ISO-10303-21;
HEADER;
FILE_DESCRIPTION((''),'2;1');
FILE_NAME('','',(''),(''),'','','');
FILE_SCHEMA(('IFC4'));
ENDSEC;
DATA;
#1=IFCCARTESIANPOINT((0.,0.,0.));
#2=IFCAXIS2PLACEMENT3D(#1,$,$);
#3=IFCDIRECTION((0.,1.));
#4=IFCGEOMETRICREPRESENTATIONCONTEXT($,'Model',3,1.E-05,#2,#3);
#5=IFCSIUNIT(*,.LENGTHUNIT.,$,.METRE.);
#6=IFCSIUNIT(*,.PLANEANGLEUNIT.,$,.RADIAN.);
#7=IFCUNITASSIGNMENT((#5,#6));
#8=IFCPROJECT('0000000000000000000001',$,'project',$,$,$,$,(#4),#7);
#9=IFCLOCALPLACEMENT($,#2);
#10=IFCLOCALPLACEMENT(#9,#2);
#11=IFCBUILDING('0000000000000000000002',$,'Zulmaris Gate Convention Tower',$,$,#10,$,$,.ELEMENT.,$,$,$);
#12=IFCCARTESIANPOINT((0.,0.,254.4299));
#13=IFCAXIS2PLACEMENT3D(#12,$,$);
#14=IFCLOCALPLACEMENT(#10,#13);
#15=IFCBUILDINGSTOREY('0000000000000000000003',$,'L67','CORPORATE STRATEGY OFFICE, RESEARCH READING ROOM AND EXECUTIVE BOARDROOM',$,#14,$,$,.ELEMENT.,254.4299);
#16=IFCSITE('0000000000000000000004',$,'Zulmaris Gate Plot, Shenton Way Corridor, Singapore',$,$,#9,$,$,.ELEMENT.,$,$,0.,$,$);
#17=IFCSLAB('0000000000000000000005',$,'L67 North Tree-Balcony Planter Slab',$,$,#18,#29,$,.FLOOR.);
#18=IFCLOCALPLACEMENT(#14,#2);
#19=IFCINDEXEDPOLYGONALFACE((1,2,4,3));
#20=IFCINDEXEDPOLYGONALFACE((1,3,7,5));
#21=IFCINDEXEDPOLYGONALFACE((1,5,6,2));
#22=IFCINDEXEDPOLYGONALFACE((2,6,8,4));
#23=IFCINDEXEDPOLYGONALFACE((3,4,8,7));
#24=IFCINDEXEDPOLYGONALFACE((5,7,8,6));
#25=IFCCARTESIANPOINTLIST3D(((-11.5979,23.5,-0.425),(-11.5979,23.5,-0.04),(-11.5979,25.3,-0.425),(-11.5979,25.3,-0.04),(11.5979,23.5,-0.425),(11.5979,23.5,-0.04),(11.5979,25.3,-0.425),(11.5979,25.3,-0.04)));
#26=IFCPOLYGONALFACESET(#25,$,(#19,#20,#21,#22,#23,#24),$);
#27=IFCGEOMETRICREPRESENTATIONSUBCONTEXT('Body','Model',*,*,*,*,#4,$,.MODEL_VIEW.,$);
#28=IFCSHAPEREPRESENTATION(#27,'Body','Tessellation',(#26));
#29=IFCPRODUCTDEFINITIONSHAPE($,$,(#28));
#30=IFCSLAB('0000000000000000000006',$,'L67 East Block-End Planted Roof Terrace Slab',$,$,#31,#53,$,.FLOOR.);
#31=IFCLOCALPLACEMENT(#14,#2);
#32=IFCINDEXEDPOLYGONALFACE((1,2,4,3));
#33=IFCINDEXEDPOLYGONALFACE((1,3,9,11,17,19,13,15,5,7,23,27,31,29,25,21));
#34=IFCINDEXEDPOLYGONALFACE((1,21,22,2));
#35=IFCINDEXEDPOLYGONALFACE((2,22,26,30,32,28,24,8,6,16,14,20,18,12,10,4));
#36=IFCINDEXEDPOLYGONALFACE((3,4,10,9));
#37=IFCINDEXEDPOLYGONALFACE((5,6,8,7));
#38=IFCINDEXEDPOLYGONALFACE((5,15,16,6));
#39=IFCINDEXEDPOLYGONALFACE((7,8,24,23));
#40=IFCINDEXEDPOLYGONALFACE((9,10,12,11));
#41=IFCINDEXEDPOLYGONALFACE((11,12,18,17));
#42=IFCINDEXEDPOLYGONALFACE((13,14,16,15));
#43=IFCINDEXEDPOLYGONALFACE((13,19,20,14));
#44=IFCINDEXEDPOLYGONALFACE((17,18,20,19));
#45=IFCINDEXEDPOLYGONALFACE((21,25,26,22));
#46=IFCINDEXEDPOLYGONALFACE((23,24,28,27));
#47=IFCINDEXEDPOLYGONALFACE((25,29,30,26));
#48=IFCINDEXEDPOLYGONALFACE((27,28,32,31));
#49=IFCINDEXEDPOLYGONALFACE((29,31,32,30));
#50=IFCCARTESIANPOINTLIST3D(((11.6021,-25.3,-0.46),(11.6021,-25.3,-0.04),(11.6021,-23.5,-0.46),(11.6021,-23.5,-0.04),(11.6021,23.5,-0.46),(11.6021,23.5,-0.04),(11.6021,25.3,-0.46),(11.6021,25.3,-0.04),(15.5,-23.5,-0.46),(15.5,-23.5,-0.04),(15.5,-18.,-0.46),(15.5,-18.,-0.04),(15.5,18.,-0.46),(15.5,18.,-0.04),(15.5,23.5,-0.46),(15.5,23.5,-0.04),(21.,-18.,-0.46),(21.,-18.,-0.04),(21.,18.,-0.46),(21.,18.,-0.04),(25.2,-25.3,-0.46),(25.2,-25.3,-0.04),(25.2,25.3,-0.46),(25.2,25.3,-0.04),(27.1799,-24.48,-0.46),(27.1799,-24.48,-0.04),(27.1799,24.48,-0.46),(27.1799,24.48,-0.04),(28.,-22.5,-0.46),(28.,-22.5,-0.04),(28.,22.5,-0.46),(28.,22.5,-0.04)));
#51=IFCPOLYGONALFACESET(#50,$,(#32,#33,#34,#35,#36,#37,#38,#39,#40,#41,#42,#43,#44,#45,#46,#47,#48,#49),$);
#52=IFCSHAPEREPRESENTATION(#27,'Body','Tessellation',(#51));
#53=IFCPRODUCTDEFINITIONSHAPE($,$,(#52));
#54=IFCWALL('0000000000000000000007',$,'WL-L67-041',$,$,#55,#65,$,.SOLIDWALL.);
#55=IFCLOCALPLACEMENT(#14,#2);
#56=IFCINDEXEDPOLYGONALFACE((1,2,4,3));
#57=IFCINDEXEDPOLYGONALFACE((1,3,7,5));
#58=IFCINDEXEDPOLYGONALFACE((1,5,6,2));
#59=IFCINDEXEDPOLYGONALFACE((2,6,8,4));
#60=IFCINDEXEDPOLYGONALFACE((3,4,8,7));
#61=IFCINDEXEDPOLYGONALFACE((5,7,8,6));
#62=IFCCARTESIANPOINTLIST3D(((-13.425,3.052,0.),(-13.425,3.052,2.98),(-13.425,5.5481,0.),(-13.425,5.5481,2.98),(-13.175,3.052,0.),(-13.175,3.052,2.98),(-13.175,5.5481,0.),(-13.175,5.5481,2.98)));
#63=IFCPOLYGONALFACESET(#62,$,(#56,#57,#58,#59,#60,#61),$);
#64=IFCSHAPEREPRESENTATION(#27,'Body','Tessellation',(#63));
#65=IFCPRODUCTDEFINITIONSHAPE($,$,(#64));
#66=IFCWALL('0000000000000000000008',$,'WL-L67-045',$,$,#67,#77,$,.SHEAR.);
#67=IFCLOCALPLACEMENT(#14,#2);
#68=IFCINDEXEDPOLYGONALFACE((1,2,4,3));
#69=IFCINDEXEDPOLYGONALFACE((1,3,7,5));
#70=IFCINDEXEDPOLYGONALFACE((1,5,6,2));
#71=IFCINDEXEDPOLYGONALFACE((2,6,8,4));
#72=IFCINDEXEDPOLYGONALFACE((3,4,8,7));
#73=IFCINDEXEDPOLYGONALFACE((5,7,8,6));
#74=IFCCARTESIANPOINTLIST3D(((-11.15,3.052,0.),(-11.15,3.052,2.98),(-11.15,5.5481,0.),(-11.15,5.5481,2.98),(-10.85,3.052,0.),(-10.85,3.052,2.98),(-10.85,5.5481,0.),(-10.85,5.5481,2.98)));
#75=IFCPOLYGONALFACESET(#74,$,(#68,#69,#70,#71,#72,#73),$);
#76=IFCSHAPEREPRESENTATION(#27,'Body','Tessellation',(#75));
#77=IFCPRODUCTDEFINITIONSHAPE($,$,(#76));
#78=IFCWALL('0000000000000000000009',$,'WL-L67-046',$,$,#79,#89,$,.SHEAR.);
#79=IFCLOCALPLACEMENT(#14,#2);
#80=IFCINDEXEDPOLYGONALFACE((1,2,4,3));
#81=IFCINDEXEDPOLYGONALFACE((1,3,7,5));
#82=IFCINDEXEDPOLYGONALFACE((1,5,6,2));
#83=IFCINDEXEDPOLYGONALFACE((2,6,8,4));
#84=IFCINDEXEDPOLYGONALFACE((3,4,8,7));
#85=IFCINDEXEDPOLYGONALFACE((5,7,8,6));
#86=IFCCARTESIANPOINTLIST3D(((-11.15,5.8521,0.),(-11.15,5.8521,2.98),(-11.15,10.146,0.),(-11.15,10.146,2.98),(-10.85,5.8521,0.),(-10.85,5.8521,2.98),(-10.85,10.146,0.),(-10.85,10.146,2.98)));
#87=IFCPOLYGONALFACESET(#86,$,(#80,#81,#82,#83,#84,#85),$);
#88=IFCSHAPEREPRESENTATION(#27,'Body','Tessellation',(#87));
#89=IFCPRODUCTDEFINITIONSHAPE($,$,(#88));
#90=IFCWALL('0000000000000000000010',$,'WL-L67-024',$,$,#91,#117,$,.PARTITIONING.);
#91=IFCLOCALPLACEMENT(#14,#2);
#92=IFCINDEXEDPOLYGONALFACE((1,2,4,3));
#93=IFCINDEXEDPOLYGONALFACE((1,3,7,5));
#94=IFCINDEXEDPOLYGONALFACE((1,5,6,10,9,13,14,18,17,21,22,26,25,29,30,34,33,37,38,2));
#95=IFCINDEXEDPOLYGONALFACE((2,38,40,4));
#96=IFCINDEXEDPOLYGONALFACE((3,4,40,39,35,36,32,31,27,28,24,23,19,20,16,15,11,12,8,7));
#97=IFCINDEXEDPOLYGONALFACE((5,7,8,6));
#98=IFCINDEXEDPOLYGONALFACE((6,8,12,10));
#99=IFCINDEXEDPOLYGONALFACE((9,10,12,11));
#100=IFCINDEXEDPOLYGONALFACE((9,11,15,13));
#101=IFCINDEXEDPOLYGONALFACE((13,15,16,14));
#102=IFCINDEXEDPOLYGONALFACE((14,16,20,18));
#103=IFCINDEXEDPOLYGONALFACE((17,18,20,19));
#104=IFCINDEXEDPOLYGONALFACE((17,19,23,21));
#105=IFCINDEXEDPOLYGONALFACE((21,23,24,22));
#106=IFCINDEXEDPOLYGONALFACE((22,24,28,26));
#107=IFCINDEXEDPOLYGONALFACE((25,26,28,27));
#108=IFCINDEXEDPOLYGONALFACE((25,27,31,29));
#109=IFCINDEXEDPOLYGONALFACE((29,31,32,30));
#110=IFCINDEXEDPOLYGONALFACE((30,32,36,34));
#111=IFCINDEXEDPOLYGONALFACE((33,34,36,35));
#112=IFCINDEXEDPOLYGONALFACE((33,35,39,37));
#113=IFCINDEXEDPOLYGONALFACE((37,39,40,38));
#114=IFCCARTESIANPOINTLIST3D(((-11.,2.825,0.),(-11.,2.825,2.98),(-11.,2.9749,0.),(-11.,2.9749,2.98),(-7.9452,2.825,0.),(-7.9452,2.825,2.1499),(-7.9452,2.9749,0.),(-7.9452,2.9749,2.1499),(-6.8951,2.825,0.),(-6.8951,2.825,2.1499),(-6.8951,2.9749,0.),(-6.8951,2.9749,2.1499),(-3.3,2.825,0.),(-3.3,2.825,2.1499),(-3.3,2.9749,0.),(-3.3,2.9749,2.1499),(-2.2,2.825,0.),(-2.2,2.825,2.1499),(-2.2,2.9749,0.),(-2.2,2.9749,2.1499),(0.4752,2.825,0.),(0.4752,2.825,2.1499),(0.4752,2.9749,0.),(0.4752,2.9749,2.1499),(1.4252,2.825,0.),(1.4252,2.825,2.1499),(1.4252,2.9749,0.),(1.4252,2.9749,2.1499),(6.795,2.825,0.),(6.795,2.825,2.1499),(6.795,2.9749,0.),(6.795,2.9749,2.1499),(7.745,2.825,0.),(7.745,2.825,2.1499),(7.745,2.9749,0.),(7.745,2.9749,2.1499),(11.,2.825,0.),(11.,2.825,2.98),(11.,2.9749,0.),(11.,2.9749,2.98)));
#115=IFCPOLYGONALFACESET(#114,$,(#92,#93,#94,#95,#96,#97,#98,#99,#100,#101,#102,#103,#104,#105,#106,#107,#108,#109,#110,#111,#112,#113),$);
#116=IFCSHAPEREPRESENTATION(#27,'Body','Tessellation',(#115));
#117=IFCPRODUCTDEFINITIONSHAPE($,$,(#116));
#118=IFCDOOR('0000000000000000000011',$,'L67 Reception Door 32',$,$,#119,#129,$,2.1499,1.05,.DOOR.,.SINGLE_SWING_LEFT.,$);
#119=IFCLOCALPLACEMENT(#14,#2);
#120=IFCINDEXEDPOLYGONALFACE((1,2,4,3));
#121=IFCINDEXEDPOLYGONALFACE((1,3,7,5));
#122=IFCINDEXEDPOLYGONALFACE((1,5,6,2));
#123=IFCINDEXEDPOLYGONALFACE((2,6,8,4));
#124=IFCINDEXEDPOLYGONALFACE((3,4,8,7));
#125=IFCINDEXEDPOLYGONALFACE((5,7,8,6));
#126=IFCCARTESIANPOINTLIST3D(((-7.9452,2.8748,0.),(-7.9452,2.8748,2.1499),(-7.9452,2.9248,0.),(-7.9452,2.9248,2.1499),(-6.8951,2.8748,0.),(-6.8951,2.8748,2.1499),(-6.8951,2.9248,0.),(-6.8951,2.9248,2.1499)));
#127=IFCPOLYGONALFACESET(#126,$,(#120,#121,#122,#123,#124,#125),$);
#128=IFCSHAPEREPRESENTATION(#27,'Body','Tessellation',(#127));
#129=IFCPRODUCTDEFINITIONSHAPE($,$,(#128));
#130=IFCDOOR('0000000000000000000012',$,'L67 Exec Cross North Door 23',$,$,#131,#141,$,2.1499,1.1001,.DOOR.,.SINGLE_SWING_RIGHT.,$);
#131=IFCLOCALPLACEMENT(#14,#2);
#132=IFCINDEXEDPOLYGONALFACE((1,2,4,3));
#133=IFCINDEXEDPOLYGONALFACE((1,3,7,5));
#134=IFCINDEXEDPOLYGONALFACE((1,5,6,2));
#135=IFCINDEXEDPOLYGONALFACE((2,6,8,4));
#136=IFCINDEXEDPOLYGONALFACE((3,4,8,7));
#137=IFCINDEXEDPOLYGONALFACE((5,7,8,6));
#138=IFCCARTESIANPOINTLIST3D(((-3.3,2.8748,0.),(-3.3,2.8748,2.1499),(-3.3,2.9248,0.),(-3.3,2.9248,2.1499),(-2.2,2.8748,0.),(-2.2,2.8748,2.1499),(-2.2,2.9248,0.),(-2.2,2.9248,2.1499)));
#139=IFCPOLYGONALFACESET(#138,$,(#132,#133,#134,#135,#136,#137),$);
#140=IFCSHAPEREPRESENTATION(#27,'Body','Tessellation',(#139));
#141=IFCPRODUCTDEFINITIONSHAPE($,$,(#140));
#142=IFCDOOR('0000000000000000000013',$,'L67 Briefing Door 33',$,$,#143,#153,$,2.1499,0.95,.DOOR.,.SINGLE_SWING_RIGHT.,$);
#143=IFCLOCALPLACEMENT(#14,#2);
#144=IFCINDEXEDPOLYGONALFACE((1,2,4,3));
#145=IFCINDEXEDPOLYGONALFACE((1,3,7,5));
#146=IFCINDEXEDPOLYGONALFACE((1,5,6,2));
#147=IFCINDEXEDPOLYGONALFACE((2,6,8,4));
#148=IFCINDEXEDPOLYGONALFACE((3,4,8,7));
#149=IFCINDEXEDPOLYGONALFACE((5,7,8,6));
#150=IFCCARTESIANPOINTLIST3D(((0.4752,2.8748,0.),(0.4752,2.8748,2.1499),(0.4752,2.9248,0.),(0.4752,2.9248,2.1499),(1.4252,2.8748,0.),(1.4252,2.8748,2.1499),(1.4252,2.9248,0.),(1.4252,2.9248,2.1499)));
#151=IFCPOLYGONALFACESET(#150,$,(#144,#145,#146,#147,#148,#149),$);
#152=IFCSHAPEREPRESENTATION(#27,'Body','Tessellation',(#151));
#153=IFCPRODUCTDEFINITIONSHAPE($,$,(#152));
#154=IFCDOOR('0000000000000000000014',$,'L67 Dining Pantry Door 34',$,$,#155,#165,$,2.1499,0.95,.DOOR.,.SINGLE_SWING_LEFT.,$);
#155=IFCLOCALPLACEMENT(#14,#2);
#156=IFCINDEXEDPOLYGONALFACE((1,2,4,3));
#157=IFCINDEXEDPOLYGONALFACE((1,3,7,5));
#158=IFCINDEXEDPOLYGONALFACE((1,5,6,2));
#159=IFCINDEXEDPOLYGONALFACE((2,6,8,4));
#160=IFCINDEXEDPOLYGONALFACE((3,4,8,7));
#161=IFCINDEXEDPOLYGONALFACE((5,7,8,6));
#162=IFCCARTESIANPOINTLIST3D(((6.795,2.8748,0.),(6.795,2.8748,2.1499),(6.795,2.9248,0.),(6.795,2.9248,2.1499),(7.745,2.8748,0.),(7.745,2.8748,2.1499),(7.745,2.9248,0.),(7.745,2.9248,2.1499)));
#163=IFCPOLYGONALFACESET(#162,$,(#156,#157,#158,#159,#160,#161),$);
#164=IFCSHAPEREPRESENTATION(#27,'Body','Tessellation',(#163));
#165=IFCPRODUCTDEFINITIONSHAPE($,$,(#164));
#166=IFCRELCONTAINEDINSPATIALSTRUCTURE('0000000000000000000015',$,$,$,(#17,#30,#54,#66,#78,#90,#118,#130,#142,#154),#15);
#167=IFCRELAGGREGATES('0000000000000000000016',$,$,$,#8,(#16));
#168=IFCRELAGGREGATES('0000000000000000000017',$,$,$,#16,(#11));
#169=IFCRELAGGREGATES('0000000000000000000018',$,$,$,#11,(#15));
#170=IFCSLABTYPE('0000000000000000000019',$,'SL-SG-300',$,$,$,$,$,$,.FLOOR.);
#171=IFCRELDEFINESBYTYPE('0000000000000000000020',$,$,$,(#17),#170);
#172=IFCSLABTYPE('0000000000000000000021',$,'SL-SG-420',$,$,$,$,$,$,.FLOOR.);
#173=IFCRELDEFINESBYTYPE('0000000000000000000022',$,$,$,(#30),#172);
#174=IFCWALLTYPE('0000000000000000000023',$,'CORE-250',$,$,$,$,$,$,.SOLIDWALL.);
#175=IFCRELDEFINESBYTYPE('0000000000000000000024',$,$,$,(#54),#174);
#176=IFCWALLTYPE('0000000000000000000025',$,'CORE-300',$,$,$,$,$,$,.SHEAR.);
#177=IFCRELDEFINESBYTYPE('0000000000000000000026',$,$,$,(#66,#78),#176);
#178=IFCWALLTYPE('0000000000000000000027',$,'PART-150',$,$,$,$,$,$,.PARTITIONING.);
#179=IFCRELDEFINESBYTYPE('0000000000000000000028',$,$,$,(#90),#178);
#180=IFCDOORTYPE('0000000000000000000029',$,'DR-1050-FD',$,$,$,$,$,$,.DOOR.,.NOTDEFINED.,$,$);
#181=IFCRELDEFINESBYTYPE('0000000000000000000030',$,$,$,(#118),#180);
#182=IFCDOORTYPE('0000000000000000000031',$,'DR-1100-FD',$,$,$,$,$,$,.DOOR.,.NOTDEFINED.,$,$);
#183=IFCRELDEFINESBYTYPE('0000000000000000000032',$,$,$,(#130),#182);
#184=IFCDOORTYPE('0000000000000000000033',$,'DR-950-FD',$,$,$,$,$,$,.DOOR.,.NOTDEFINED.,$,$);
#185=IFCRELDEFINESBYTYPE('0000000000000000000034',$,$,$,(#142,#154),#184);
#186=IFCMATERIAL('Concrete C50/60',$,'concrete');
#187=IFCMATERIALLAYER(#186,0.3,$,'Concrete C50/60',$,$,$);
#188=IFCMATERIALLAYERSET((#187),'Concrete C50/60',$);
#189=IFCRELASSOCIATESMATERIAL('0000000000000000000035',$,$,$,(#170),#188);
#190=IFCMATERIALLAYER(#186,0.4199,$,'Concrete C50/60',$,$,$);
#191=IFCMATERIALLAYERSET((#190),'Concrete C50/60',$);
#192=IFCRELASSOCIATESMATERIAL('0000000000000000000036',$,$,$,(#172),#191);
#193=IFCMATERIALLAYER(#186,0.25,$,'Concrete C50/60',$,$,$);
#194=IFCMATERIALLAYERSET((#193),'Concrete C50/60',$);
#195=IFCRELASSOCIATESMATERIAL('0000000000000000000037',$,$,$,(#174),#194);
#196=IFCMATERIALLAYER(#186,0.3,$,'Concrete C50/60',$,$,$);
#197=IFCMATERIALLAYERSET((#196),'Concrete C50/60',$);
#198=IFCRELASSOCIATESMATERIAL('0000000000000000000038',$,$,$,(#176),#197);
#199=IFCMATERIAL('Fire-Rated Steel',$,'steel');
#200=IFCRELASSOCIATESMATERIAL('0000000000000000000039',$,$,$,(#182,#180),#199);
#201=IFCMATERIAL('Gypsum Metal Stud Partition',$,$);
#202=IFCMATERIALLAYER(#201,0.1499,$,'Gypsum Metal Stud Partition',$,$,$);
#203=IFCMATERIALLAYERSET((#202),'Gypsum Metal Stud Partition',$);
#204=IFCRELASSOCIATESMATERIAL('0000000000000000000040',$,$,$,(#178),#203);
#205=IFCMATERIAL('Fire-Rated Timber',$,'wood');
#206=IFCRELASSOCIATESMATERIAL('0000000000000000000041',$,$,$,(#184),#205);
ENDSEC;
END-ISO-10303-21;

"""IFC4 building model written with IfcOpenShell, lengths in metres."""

from ifc_helpers import new_model, si_unit, direction, frame, frame_2d, origin, place, context, subcontext, project, spatial, polyline, rectangle, outline, extrude, material, layer, layer_set, type_object, element, fill, save


model = new_model("IFC4")

# Units and contexts
model_context = context("Model", 3, precision=1e-05, world=origin(), true_north=direction((0.0, 1.0)))
body_context = subcontext(model_context, "Body", "Model", "MODEL_VIEW")
ifc_project = project(units=[si_unit("LENGTHUNIT", "METRE"), si_unit("PLANEANGLEUNIT", "RADIAN")], contexts=[model_context])

# Site, building, storey
site_placement = place(None, origin())
site = spatial("IfcSite", under=ifc_project, at=site_placement, Name="Zulmaris Gate Plot, Shenton Way Corridor, Singapore", CompositionType="ELEMENT", RefElevation=0.0)
building_placement = place(site_placement, origin())
building = spatial("IfcBuilding", under=site, at=building_placement, Name="Zulmaris Gate Convention Tower", CompositionType="ELEMENT")
storey_placement = place(building_placement, frame((0.0, 0.0, 254.4299)))
storey = spatial("IfcBuildingStorey", under=building, at=storey_placement, Name="L67", Description="CORPORATE STRATEGY OFFICE, RESEARCH READING ROOM AND EXECUTIVE BOARDROOM", CompositionType="ELEMENT", Elevation=254.4299)

# Shared definitions
ifc_material_1 = material(Name="Concrete C50/60", Category="concrete")

# Slabs
ifc_layer_1 = layer(ifc_material_1, 0.3, Name="Concrete C50/60")
ifc_layer_set_1 = layer_set([ifc_layer_1], Name="Concrete C50/60")
slab_type_1 = type_object("IfcSlabType", Name="SL-SG-300", PredefinedType="FLOOR", material=ifc_layer_set_1)
slab_1_placement = place(storey_placement, frame((0.0, 0.0, -0.425)))
element("IfcSlab", 1, at=slab_1_placement, inside=storey, type_object=slab_type_1, Name="L67 North Tree-Balcony Planter Slab", PredefinedType="FLOOR", context=body_context, shape_type="SweptSolid", body=[
    extrude(outline(polyline([(11.5979, 25.3), (11.5979, 23.5), (-11.5979, 23.5), (-11.5979, 25.3), (11.5979, 25.3)])), origin(), (0.0, 0.0, 1.0), 0.385),
])
ifc_layer_2 = layer(ifc_material_1, 0.4199, Name="Concrete C50/60")
ifc_layer_set_2 = layer_set([ifc_layer_2], Name="Concrete C50/60")
slab_type_2 = type_object("IfcSlabType", Name="SL-SG-420", PredefinedType="FLOOR", material=ifc_layer_set_2)
slab_2_placement = place(storey_placement, frame((0.0, 0.0, -0.46)))
element("IfcSlab", 2, at=slab_2_placement, inside=storey, type_object=slab_type_2, Name="L67 East Block-End Planted Roof Terrace Slab", PredefinedType="FLOOR", context=body_context, shape_type="SweptSolid", body=[
    extrude(outline(polyline([(25.2, 25.3), (27.1799, 24.48), (28.0, 22.5), (28.0, -22.5), (27.1799, -24.48), (25.2, -25.3), (11.6021, -25.3), (11.6021, -23.5), (15.5, -23.5), (15.5, -18.0), (21.0, -18.0), (21.0, 18.0), (15.5, 18.0), (15.5, 23.5), (11.6021, 23.5), (11.6021, 25.3), (25.2, 25.3)])), origin(), (0.0, 0.0, 1.0), 0.4199),
])

# Wall
ifc_layer_3 = layer(ifc_material_1, 0.25, Name="Concrete C50/60")
ifc_layer_set_3 = layer_set([ifc_layer_3], Name="Concrete C50/60")
wall_type_1 = type_object("IfcWallType", Name="CORE-250", PredefinedType="SOLIDWALL", material=ifc_layer_set_3)
wall_1_placement = place(storey_placement, frame((-13.3, 3.052, 0.0), z_axis=(0.0, 0.0, 1.0), x_axis=(0.0, 1.0, 0.0)))
element("IfcWall", 3, at=wall_1_placement, inside=storey, type_object=wall_type_1, Name="WL-L67-041", PredefinedType="SOLIDWALL", context=body_context, shape_type="SweptSolid", body=[
    extrude(rectangle(XDim=2.4961, YDim=0.25, at=frame_2d((1.248, 0.0))), origin(), (0.0, 0.0, 1.0), 2.98),
])

# Shared definitions
ifc_layer_4 = layer(ifc_material_1, 0.3, Name="Concrete C50/60")
ifc_layer_set_4 = layer_set([ifc_layer_4], Name="Concrete C50/60")
wall_type_2 = type_object("IfcWallType", Name="CORE-300", PredefinedType="SHEAR", material=ifc_layer_set_4)
ifc_material_2 = material(Name="Fire-Rated Steel", Category="steel")
door_type_1 = type_object("IfcDoorType", Name="DR-1100-FD", OperationType="NOTDEFINED", PredefinedType="DOOR", material=ifc_material_2)

# Walls
wall_2_placement = place(storey_placement, frame((-11.0, 3.052, 0.0), z_axis=(0.0, 0.0, 1.0), x_axis=(0.0, 1.0, 0.0)))
element("IfcWall", 4, at=wall_2_placement, inside=storey, type_object=wall_type_2, Name="WL-L67-045", PredefinedType="SHEAR", context=body_context, shape_type="SweptSolid", body=[
    extrude(rectangle(XDim=2.4961, YDim=0.3, at=frame_2d((1.248, 0.0))), origin(), (0.0, 0.0, 1.0), 2.98),
])
wall_3_placement = place(storey_placement, frame((-11.0, 5.8521, 0.0), z_axis=(0.0, 0.0, 1.0), x_axis=(0.0, 1.0, 0.0)))
element("IfcWall", 5, at=wall_3_placement, inside=storey, type_object=wall_type_2, Name="WL-L67-046", PredefinedType="SHEAR", context=body_context, shape_type="SweptSolid", body=[
    extrude(rectangle(XDim=4.2939, YDim=0.3, at=frame_2d((2.147, 0.0))), origin(), (0.0, 0.0, 1.0), 2.98),
])

# Wall, openings, doors
ifc_material_3 = material(Name="Gypsum Metal Stud Partition")
ifc_layer_5 = layer(ifc_material_3, 0.1499, Name="Gypsum Metal Stud Partition")
ifc_layer_set_5 = layer_set([ifc_layer_5], Name="Gypsum Metal Stud Partition")
wall_type_3 = type_object("IfcWallType", Name="PART-150", PredefinedType="PARTITIONING", material=ifc_layer_set_5)
wall_4_placement = place(storey_placement, frame((-11.0, 2.8999, 0.0), z_axis=(0.0, 0.0, 1.0), x_axis=(1.0, 0.0, 0.0)))
wall_4 = element("IfcWall", 6, at=wall_4_placement, inside=storey, type_object=wall_type_3, Name="WL-L67-024", PredefinedType="PARTITIONING", context=body_context, shape_type="SweptSolid", body=[
    extrude(rectangle(XDim=22.0, YDim=0.1499, at=frame_2d((11.0, 0.0))), origin(), (0.0, 0.0, 1.0), 2.98),
])
opening_1_placement = place(wall_4_placement, frame((7.7, 0.0, 0.0)))
opening_1 = element("IfcOpeningElement", 7, at=opening_1_placement, cuts=wall_4, PredefinedType="OPENING", context=body_context, shape_type="SweptSolid", body=[
    extrude(rectangle(XDim=1.1001, YDim=2.1499, at=frame_2d((0.55, 1.075))), frame((0.0, 0.085, 0.0), z_axis=(0.0, -1.0, 0.0), x_axis=(1.0, 0.0, 0.0)), (0.0, 0.0, 1.0), 0.1699),
])
opening_2_placement = place(wall_4_placement, frame((3.0549, 0.0, 0.0)))
opening_2 = element("IfcOpeningElement", 8, at=opening_2_placement, cuts=wall_4, PredefinedType="OPENING", context=body_context, shape_type="SweptSolid", body=[
    extrude(rectangle(XDim=1.05, YDim=2.1499, at=frame_2d((0.5249, 1.075))), frame((0.0, 0.085, 0.0), z_axis=(0.0, -1.0, 0.0), x_axis=(1.0, 0.0, 0.0)), (0.0, 0.0, 1.0), 0.1699),
])
opening_3_placement = place(wall_4_placement, frame((11.4751, 0.0, 0.0)))
opening_3 = element("IfcOpeningElement", 9, at=opening_3_placement, cuts=wall_4, PredefinedType="OPENING", context=body_context, shape_type="SweptSolid", body=[
    extrude(rectangle(XDim=0.95, YDim=2.1499, at=frame_2d((0.4751, 1.075))), frame((0.0, 0.085, 0.0), z_axis=(0.0, -1.0, 0.0), x_axis=(1.0, 0.0, 0.0)), (0.0, 0.0, 1.0), 0.1699),
])
opening_4_placement = place(wall_4_placement, frame((17.7949, 0.0, 0.0)))
opening_4 = element("IfcOpeningElement", 10, at=opening_4_placement, cuts=wall_4, PredefinedType="OPENING", context=body_context, shape_type="SweptSolid", body=[
    extrude(rectangle(XDim=0.95, YDim=2.1499, at=frame_2d((0.4751, 1.075))), frame((0.0, 0.085, 0.0), z_axis=(0.0, -1.0, 0.0), x_axis=(1.0, 0.0, 0.0)), (0.0, 0.0, 1.0), 0.1699),
])
door_type_2 = type_object("IfcDoorType", Name="DR-1050-FD", OperationType="NOTDEFINED", PredefinedType="DOOR", material=ifc_material_2)
door_1_placement = place(opening_2_placement, origin())
door_1 = element("IfcDoor", 11, at=door_1_placement, inside=storey, type_object=door_type_2, Name="L67 Reception Door 32", OperationType="SINGLE_SWING_LEFT", OverallHeight=2.1499, OverallWidth=1.05, PredefinedType="DOOR", context=body_context, shape_type="SweptSolid", body=[
    extrude(rectangle(XDim=1.05, YDim=2.1499, at=frame_2d((0.5249, 1.075))), frame((0.0, 0.0249, 0.0), z_axis=(0.0, -1.0, 0.0), x_axis=(1.0, 0.0, 0.0)), (0.0, 0.0, 1.0), 0.05),
])
fill(opening_2, door_1)
door_2_placement = place(opening_1_placement, origin())
door_2 = element("IfcDoor", 12, at=door_2_placement, inside=storey, type_object=door_type_1, Name="L67 Exec Cross North Door 23", OperationType="SINGLE_SWING_RIGHT", OverallHeight=2.1499, OverallWidth=1.1001, PredefinedType="DOOR", context=body_context, shape_type="SweptSolid", body=[
    extrude(rectangle(XDim=1.1001, YDim=2.1499, at=frame_2d((0.55, 1.075))), frame((0.0, 0.0249, 0.0), z_axis=(0.0, -1.0, 0.0), x_axis=(1.0, 0.0, 0.0)), (0.0, 0.0, 1.0), 0.05),
])
fill(opening_1, door_2)
ifc_material_4 = material(Name="Fire-Rated Timber", Category="wood")
door_type_3 = type_object("IfcDoorType", Name="DR-950-FD", OperationType="NOTDEFINED", PredefinedType="DOOR", material=ifc_material_4)
door_3_placement = place(opening_3_placement, origin())
door_3 = element("IfcDoor", 13, at=door_3_placement, inside=storey, type_object=door_type_3, Name="L67 Briefing Door 33", OperationType="SINGLE_SWING_RIGHT", OverallHeight=2.1499, OverallWidth=0.95, PredefinedType="DOOR", context=body_context, shape_type="SweptSolid", body=[
    extrude(rectangle(XDim=0.95, YDim=2.1499, at=frame_2d((0.4751, 1.075))), frame((0.0, 0.0249, 0.0), z_axis=(0.0, -1.0, 0.0), x_axis=(1.0, 0.0, 0.0)), (0.0, 0.0, 1.0), 0.05),
])
fill(opening_3, door_3)
door_4_placement = place(opening_4_placement, origin())
door_4 = element("IfcDoor", 14, at=door_4_placement, inside=storey, type_object=door_type_3, Name="L67 Dining Pantry Door 34", OperationType="SINGLE_SWING_LEFT", OverallHeight=2.1499, OverallWidth=0.95, PredefinedType="DOOR", context=body_context, shape_type="SweptSolid", body=[
    extrude(rectangle(XDim=0.95, YDim=2.1499, at=frame_2d((0.4751, 1.075))), frame((0.0, 0.0249, 0.0), z_axis=(0.0, -1.0, 0.0), x_axis=(1.0, 0.0, 0.0)), (0.0, 0.0, 1.0), 0.05),
])
fill(opening_4, door_4)

save(model, "model.ifc")
